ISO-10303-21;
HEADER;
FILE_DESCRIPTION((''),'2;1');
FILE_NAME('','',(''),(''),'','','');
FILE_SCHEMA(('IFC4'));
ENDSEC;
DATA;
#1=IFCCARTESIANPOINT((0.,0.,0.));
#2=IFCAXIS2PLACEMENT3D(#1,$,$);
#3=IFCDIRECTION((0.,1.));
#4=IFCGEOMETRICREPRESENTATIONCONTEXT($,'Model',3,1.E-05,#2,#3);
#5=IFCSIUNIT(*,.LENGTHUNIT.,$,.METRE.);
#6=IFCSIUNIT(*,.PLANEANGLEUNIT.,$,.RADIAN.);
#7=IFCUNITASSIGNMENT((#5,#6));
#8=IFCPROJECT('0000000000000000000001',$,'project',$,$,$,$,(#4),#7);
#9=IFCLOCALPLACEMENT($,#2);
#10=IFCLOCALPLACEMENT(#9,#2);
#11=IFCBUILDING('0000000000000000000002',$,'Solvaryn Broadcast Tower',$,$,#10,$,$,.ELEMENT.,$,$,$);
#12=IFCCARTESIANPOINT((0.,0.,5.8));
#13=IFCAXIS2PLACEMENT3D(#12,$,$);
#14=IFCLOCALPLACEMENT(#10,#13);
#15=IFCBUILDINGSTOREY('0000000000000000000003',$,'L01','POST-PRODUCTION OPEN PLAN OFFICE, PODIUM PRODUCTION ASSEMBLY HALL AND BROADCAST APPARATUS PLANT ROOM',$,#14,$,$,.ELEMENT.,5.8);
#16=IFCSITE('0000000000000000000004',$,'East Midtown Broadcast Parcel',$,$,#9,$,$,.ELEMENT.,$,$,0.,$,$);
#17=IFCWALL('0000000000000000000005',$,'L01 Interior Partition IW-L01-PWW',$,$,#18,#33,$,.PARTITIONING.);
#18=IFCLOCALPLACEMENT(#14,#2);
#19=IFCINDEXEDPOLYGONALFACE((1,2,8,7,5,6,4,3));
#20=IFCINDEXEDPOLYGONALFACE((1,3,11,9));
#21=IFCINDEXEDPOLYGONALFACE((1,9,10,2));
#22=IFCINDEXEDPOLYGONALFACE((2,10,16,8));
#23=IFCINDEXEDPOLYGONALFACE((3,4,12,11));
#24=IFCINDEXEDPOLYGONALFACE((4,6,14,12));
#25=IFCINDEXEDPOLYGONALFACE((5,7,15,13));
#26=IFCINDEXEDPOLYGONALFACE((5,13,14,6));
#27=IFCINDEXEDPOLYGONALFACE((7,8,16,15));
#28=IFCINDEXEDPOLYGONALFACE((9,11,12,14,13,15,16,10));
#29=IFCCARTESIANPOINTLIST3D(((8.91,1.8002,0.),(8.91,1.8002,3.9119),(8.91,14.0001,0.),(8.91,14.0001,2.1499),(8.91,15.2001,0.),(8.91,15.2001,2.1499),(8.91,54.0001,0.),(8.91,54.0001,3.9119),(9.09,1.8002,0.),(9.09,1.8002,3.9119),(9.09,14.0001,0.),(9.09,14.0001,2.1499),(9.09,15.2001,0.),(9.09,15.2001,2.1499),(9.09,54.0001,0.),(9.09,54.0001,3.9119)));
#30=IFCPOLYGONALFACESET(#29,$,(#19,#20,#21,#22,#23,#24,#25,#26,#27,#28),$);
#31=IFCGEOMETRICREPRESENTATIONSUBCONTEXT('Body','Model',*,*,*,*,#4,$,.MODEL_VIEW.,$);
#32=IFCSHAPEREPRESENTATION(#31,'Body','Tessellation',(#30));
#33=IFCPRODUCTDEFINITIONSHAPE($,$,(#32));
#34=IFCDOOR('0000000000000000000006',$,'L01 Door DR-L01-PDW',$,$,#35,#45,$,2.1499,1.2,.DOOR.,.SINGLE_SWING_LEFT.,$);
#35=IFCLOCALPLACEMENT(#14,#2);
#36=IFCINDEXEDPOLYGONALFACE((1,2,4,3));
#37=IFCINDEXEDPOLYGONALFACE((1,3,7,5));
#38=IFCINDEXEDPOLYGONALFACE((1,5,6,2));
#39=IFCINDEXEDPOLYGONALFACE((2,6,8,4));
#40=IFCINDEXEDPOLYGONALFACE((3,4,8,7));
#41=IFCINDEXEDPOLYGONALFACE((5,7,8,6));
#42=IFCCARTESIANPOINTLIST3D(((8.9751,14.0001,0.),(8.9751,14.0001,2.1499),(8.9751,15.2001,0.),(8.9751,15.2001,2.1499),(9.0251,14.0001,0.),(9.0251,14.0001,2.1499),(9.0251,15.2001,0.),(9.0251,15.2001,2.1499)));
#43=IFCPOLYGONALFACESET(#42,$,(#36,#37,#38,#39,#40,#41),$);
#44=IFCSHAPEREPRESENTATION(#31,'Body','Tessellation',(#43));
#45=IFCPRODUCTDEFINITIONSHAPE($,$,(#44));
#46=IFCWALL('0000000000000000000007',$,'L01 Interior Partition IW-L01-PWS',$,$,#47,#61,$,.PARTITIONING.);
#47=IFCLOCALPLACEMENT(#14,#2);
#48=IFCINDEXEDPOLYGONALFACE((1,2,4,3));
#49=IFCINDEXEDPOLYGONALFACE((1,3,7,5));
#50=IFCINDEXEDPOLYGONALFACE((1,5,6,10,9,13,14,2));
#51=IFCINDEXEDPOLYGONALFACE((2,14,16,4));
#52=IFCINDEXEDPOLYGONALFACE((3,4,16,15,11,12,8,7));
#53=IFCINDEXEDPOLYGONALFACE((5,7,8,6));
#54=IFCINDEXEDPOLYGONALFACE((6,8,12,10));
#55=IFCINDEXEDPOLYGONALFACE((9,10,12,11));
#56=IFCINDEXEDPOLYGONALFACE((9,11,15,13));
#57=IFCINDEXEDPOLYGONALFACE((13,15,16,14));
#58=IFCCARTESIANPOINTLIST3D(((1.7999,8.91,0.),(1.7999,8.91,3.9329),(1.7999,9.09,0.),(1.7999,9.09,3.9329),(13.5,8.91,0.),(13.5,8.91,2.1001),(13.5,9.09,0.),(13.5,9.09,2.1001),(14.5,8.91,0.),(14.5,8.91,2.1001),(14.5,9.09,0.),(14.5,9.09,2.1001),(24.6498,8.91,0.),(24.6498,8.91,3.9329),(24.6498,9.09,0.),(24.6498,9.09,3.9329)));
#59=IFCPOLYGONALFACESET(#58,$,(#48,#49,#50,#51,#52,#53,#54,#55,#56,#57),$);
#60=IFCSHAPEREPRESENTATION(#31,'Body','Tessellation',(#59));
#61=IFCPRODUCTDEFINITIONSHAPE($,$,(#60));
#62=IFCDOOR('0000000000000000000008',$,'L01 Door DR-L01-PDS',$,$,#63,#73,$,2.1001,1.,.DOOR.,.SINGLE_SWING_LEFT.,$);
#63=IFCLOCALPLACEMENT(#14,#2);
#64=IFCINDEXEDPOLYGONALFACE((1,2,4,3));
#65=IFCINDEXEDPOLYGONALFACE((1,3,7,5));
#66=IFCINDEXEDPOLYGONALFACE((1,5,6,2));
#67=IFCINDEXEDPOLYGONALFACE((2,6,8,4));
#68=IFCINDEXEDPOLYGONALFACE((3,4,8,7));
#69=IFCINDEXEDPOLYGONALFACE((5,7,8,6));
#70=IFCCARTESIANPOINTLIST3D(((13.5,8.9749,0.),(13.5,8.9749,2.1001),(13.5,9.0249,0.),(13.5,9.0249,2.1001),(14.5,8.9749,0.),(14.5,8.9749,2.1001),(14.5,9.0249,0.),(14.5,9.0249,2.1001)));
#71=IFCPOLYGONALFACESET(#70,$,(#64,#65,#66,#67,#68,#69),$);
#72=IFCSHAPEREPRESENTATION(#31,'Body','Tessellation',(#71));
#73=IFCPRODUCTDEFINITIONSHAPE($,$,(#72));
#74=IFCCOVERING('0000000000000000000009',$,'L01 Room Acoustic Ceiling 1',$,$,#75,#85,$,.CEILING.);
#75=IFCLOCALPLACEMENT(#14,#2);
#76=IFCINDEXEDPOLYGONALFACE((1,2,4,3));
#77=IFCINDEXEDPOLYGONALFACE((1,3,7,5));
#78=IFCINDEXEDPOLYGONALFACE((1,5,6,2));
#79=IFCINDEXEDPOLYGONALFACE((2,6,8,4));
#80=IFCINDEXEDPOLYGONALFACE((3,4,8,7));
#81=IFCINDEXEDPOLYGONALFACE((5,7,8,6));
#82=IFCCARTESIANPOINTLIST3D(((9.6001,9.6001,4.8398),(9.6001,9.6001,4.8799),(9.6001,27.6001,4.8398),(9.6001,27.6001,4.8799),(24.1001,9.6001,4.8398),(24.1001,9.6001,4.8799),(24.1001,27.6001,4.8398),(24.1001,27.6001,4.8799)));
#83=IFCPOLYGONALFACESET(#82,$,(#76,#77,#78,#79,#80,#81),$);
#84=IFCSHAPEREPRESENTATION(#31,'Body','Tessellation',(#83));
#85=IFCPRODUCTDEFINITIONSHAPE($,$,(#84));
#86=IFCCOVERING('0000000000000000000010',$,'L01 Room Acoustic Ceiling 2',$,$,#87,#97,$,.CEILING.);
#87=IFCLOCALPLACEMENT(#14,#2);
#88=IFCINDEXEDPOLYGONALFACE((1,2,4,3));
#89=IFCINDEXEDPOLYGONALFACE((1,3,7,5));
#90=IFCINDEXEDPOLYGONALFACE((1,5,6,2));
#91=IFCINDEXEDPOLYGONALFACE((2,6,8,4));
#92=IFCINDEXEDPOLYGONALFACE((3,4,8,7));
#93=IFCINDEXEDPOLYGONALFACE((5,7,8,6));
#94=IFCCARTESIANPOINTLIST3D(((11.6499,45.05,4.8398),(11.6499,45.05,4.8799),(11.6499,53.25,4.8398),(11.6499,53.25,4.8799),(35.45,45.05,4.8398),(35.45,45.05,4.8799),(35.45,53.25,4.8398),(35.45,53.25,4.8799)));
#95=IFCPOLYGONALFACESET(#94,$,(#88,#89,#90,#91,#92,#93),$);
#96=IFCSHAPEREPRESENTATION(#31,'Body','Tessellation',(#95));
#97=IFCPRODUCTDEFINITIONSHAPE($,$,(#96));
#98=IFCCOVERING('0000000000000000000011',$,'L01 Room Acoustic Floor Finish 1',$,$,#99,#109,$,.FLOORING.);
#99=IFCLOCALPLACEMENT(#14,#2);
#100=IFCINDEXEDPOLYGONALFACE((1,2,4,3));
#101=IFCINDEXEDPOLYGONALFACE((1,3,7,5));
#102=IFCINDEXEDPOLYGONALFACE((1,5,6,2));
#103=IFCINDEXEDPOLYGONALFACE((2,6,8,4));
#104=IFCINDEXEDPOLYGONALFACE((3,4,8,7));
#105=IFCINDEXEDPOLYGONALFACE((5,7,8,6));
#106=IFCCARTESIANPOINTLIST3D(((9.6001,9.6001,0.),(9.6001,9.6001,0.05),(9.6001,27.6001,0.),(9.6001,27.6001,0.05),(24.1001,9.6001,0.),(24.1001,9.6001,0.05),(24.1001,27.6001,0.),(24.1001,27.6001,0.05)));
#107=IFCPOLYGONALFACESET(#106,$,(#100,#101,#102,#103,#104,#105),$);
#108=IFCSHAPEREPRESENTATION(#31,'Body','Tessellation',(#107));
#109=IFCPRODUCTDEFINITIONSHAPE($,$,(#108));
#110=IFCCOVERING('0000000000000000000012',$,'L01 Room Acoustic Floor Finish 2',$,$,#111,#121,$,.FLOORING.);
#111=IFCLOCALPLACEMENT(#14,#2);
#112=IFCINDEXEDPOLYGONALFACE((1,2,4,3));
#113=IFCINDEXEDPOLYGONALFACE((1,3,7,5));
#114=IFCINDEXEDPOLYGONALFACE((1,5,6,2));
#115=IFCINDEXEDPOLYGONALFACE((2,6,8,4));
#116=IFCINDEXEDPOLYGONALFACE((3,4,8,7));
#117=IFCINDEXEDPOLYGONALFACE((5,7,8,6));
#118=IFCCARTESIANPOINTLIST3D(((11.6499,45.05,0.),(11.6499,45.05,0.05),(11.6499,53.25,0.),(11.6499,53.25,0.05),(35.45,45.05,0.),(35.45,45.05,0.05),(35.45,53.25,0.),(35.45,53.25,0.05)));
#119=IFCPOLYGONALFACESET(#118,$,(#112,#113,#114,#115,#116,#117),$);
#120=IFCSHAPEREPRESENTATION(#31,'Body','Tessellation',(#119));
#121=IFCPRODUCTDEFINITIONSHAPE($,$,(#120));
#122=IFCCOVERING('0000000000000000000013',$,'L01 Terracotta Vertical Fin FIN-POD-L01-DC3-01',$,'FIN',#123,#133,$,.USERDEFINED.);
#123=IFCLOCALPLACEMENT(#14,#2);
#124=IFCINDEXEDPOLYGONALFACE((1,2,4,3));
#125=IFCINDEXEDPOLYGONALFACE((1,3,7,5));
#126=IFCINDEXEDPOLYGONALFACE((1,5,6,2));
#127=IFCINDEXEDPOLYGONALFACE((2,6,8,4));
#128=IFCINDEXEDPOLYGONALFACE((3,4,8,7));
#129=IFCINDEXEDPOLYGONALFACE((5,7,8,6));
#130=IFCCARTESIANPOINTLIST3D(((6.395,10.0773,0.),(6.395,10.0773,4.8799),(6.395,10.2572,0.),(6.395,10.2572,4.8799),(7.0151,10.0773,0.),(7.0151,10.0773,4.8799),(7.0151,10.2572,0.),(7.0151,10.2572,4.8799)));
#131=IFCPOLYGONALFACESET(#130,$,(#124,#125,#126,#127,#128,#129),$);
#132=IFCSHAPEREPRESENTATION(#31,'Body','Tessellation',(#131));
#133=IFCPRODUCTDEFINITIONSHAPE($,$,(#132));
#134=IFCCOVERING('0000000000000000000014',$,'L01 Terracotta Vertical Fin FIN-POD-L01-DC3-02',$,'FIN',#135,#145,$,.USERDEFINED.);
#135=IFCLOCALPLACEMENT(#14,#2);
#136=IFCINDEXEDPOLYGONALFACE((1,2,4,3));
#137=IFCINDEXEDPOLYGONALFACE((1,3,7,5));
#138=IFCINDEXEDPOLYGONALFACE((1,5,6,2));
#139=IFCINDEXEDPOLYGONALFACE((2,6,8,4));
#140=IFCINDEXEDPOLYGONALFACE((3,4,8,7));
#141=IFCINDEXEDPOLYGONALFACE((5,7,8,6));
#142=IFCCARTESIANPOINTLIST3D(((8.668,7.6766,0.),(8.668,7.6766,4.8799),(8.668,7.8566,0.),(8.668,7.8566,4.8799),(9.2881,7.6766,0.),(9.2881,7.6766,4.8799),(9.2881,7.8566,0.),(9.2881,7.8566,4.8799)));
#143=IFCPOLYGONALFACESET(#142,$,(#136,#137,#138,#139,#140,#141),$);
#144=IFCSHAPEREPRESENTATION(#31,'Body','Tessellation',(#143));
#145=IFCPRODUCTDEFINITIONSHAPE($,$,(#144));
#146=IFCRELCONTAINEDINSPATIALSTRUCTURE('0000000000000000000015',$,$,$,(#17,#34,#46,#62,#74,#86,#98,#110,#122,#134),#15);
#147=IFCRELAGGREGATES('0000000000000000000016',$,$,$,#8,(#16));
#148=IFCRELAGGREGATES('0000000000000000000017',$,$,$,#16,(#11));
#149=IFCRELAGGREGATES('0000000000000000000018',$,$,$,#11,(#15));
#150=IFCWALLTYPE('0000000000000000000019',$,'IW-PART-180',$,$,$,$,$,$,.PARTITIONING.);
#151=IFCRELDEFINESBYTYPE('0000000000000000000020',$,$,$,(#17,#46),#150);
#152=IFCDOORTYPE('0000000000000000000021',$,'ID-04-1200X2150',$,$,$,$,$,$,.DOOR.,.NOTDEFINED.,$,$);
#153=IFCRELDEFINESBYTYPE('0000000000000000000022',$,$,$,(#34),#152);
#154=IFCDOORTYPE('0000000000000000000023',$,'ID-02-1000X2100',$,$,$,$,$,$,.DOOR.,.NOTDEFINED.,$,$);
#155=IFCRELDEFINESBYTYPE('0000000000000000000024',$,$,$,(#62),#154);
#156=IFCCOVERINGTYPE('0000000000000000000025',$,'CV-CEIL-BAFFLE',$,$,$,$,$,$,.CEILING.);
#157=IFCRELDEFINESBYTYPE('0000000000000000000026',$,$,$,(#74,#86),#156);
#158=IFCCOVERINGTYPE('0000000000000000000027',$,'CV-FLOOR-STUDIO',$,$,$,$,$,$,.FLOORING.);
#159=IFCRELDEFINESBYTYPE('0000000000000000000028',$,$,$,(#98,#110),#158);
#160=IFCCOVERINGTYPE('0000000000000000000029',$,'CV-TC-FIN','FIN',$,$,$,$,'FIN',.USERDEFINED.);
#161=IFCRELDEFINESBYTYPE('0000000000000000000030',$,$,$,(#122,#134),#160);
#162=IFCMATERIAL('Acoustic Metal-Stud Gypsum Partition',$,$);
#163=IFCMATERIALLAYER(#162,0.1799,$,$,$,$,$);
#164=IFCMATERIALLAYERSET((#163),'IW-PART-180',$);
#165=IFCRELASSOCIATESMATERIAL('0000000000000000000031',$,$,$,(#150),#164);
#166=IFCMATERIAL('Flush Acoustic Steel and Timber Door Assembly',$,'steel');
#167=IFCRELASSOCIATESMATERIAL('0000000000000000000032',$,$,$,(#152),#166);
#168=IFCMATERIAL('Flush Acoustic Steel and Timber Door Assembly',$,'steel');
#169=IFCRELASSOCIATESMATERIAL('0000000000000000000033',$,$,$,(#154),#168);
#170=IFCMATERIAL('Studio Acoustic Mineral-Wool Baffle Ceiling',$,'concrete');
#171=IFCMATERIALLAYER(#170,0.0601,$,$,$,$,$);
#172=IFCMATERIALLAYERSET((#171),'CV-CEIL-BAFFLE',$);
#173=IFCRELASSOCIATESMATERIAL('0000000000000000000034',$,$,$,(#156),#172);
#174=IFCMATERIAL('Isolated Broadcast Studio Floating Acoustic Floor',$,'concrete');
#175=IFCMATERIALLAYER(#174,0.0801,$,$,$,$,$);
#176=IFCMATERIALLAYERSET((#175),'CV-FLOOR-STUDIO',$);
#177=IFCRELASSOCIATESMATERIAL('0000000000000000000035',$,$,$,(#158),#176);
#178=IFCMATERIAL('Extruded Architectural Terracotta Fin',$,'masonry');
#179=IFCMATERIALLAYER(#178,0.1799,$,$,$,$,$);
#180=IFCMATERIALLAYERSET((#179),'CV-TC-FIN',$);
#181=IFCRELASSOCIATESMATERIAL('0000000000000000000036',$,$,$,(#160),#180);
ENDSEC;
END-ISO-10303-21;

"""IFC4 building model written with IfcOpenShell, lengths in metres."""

from ifc_helpers import new_model, si_unit, direction, frame, frame_2d, origin, origin_2d, place, context, subcontext, project, spatial, polyline, rectangle, outline, extrude, material, layer, layer_set, type_object, element, fill, save


model = new_model("IFC4")

# Units and contexts
model_context = context("Model", 3, precision=1e-05, world=origin(), true_north=direction((0.0, 1.0)))
body_context = subcontext(model_context, "Body", "Model", "MODEL_VIEW")
ifc_project = project(units=[si_unit("LENGTHUNIT", "METRE"), si_unit("PLANEANGLEUNIT", "RADIAN")], contexts=[model_context])

# Site, building, storey
site_placement = place(None, origin())
site = spatial("IfcSite", under=ifc_project, at=site_placement, Name="East Midtown Broadcast Parcel", CompositionType="ELEMENT", RefElevation=0.0)
building_placement = place(site_placement, origin())
building = spatial("IfcBuilding", under=site, at=building_placement, Name="Solvaryn Broadcast Tower", CompositionType="ELEMENT")
storey_placement = place(building_placement, frame((0.0, 0.0, 5.8)))
storey = spatial("IfcBuildingStorey", under=building, at=storey_placement, Name="L01", Description="POST-PRODUCTION OPEN PLAN OFFICE, PODIUM PRODUCTION ASSEMBLY HALL AND BROADCAST APPARATUS PLANT ROOM", CompositionType="ELEMENT", Elevation=5.8)

# Walls, openings, doors
ifc_material_1 = material(Name="Acoustic Metal-Stud Gypsum Partition")
ifc_layer_1 = layer(ifc_material_1, 0.1799)
ifc_layer_set_1 = layer_set([ifc_layer_1], Name="IW-PART-180")
wall_type = type_object("IfcWallType", Name="IW-PART-180", PredefinedType="PARTITIONING", material=ifc_layer_set_1)
wall_1_placement = place(storey_placement, frame((9.0, 1.8, 0.0), z_axis=(0.0, 0.0, 1.0), x_axis=(0.0, 1.0, 0.0)))
wall_1 = element("IfcWall", 1, at=wall_1_placement, inside=storey, type_object=wall_type, Name="L01 Interior Partition IW-L01-PWW", PredefinedType="PARTITIONING", context=body_context, shape_type="SweptSolid", body=[
    extrude(rectangle(XDim=52.2, YDim=0.1799, at=frame_2d((26.1001, 0.0))), origin(), (0.0, 0.0, 1.0), 3.9119),
])
opening_1_placement = place(wall_1_placement, frame((12.2, 0.0, 0.0)))
opening_1 = element("IfcOpeningElement", 2, at=opening_1_placement, cuts=wall_1, PredefinedType="OPENING", context=body_context, shape_type="SweptSolid", body=[
    extrude(rectangle(XDim=1.2, YDim=2.1499, at=frame_2d((0.6001, 1.075))), frame((0.0, 0.0999, 0.0), z_axis=(0.0, -1.0, 0.0), x_axis=(1.0, 0.0, 0.0)), (0.0, 0.0, 1.0), 0.2),
])
ifc_material_2 = material(Name="Flush Acoustic Steel and Timber Door Assembly", Category="steel")
door_type_1 = type_object("IfcDoorType", Name="ID-04-1200X2150", OperationType="NOTDEFINED", PredefinedType="DOOR", material=ifc_material_2)
door_1_placement = place(opening_1_placement, origin())
door_1 = element("IfcDoor", 3, at=door_1_placement, inside=storey, type_object=door_type_1, Name="L01 Door DR-L01-PDW", OperationType="SINGLE_SWING_LEFT", OverallHeight=2.1499, OverallWidth=1.2, PredefinedType="DOOR", context=body_context, shape_type="SweptSolid", body=[
    extrude(rectangle(XDim=1.2, YDim=2.1499, at=frame_2d((0.6001, 1.075))), frame((0.0, 0.0249, 0.0), z_axis=(0.0, -1.0, 0.0), x_axis=(1.0, 0.0, 0.0)), (0.0, 0.0, 1.0), 0.05),
])
fill(opening_1, door_1)
wall_2_placement = place(storey_placement, frame((1.8, 9.0, 0.0), z_axis=(0.0, 0.0, 1.0), x_axis=(1.0, 0.0, 0.0)))
wall_2 = element("IfcWall", 4, at=wall_2_placement, inside=storey, type_object=wall_type, Name="L01 Interior Partition IW-L01-PWS", PredefinedType="PARTITIONING", context=body_context, shape_type="SweptSolid", body=[
    extrude(rectangle(XDim=22.8499, YDim=0.1799, at=frame_2d((11.4248, 0.0))), origin(), (0.0, 0.0, 1.0), 3.9329),
])
opening_2_placement = place(wall_2_placement, frame((11.7, 0.0, 0.0)))
opening_2 = element("IfcOpeningElement", 5, at=opening_2_placement, cuts=wall_2, PredefinedType="OPENING", context=body_context, shape_type="SweptSolid", body=[
    extrude(rectangle(XDim=1.0, YDim=2.1001, at=frame_2d((0.5, 1.05))), frame((0.0, 0.0999, 0.0), z_axis=(0.0, -1.0, 0.0), x_axis=(1.0, 0.0, 0.0)), (0.0, 0.0, 1.0), 0.2),
])
ifc_material_3 = material(Name="Flush Acoustic Steel and Timber Door Assembly", Category="steel")
door_type_2 = type_object("IfcDoorType", Name="ID-02-1000X2100", OperationType="NOTDEFINED", PredefinedType="DOOR", material=ifc_material_3)
door_2_placement = place(opening_2_placement, origin())
door_2 = element("IfcDoor", 6, at=door_2_placement, inside=storey, type_object=door_type_2, Name="L01 Door DR-L01-PDS", OperationType="SINGLE_SWING_LEFT", OverallHeight=2.1001, OverallWidth=1.0, PredefinedType="DOOR", context=body_context, shape_type="SweptSolid", body=[
    extrude(rectangle(XDim=1.0, YDim=2.1001, at=frame_2d((0.5, 1.05))), frame((0.0, 0.0249, 0.0), z_axis=(0.0, -1.0, 0.0), x_axis=(1.0, 0.0, 0.0)), (0.0, 0.0, 1.0), 0.05),
])
fill(opening_2, door_2)

# Coverings
ifc_material_4 = material(Name="Studio Acoustic Mineral-Wool Baffle Ceiling", Category="concrete")
ifc_layer_2 = layer(ifc_material_4, 0.0601)
ifc_layer_set_2 = layer_set([ifc_layer_2], Name="CV-CEIL-BAFFLE")
covering_type_1 = type_object("IfcCoveringType", Name="CV-CEIL-BAFFLE", PredefinedType="CEILING", material=ifc_layer_set_2)
covering_1_placement = place(storey_placement, frame((0.0, 0.0, 4.8398)))
element("IfcCovering", 7, at=covering_1_placement, inside=storey, type_object=covering_type_1, Name="L01 Room Acoustic Ceiling 1", PredefinedType="CEILING", context=body_context, shape_type="SweptSolid", body=[
    extrude(outline(polyline([(9.6001, 9.6001), (24.1001, 9.6001), (24.1001, 27.6001), (9.6001, 27.6001), (9.6001, 9.6001)])), origin(), (0.0, 0.0, 1.0), 0.04),
])
covering_2_placement = place(storey_placement, frame((0.0, 0.0, 4.8398)))
element("IfcCovering", 8, at=covering_2_placement, inside=storey, type_object=covering_type_1, Name="L01 Room Acoustic Ceiling 2", PredefinedType="CEILING", context=body_context, shape_type="SweptSolid", body=[
    extrude(outline(polyline([(11.6499, 45.05), (35.45, 45.05), (35.45, 53.25), (11.6499, 53.25), (11.6499, 45.05)])), origin(), (0.0, 0.0, 1.0), 0.04),
])
ifc_material_5 = material(Name="Isolated Broadcast Studio Floating Acoustic Floor", Category="concrete")
ifc_layer_3 = layer(ifc_material_5, 0.0801)
ifc_layer_set_3 = layer_set([ifc_layer_3], Name="CV-FLOOR-STUDIO")
covering_type_2 = type_object("IfcCoveringType", Name="CV-FLOOR-STUDIO", PredefinedType="FLOORING", material=ifc_layer_set_3)
covering_3_placement = place(storey_placement, origin())
element("IfcCovering", 9, at=covering_3_placement, inside=storey, type_object=covering_type_2, Name="L01 Room Acoustic Floor Finish 1", PredefinedType="FLOORING", context=body_context, shape_type="SweptSolid", body=[
    extrude(outline(polyline([(9.6001, 9.6001), (24.1001, 9.6001), (24.1001, 27.6001), (9.6001, 27.6001), (9.6001, 9.6001)])), origin(), (0.0, 0.0, 1.0), 0.05),
])
covering_4_placement = place(storey_placement, origin())
element("IfcCovering", 10, at=covering_4_placement, inside=storey, type_object=covering_type_2, Name="L01 Room Acoustic Floor Finish 2", PredefinedType="FLOORING", context=body_context, shape_type="SweptSolid", body=[
    extrude(outline(polyline([(11.6499, 45.05), (35.45, 45.05), (35.45, 53.25), (11.6499, 53.25), (11.6499, 45.05)])), origin(), (0.0, 0.0, 1.0), 0.05),
])
ifc_material_6 = material(Name="Extruded Architectural Terracotta Fin", Category="masonry")
ifc_layer_4 = layer(ifc_material_6, 0.1799)
ifc_layer_set_4 = layer_set([ifc_layer_4], Name="CV-TC-FIN")
covering_type_3 = type_object("IfcCoveringType", Name="CV-TC-FIN", Description="FIN", ElementType="FIN", PredefinedType="USERDEFINED", material=ifc_layer_set_4)
for number, where, z_axis, x_axis, name in (
    (11, (6.7051, 10.1672, 0.0), (0.0, 0.0, 1.0), (1.0, 0.0, 0.0), "L01 Terracotta Vertical Fin FIN-POD-L01-DC3-01"),
    (12, (8.978, 7.7666, 0.0), (0.0, 0.0, 1.0), (1.0, 0.0, 0.0), "L01 Terracotta Vertical Fin FIN-POD-L01-DC3-02"),
):
    element("IfcCovering", number, at=place(storey_placement, frame(where, z_axis=z_axis, x_axis=x_axis)), inside=storey, type_object=covering_type_3, Name=name, ObjectType="FIN", PredefinedType="USERDEFINED", context=body_context, shape_type="SweptSolid", body=[
        extrude(rectangle(XDim=0.6201, YDim=0.1799, at=origin_2d()), origin(), (0.0, 0.0, 1.0), 4.8799),
    ])

save(model, "model.ifc")
